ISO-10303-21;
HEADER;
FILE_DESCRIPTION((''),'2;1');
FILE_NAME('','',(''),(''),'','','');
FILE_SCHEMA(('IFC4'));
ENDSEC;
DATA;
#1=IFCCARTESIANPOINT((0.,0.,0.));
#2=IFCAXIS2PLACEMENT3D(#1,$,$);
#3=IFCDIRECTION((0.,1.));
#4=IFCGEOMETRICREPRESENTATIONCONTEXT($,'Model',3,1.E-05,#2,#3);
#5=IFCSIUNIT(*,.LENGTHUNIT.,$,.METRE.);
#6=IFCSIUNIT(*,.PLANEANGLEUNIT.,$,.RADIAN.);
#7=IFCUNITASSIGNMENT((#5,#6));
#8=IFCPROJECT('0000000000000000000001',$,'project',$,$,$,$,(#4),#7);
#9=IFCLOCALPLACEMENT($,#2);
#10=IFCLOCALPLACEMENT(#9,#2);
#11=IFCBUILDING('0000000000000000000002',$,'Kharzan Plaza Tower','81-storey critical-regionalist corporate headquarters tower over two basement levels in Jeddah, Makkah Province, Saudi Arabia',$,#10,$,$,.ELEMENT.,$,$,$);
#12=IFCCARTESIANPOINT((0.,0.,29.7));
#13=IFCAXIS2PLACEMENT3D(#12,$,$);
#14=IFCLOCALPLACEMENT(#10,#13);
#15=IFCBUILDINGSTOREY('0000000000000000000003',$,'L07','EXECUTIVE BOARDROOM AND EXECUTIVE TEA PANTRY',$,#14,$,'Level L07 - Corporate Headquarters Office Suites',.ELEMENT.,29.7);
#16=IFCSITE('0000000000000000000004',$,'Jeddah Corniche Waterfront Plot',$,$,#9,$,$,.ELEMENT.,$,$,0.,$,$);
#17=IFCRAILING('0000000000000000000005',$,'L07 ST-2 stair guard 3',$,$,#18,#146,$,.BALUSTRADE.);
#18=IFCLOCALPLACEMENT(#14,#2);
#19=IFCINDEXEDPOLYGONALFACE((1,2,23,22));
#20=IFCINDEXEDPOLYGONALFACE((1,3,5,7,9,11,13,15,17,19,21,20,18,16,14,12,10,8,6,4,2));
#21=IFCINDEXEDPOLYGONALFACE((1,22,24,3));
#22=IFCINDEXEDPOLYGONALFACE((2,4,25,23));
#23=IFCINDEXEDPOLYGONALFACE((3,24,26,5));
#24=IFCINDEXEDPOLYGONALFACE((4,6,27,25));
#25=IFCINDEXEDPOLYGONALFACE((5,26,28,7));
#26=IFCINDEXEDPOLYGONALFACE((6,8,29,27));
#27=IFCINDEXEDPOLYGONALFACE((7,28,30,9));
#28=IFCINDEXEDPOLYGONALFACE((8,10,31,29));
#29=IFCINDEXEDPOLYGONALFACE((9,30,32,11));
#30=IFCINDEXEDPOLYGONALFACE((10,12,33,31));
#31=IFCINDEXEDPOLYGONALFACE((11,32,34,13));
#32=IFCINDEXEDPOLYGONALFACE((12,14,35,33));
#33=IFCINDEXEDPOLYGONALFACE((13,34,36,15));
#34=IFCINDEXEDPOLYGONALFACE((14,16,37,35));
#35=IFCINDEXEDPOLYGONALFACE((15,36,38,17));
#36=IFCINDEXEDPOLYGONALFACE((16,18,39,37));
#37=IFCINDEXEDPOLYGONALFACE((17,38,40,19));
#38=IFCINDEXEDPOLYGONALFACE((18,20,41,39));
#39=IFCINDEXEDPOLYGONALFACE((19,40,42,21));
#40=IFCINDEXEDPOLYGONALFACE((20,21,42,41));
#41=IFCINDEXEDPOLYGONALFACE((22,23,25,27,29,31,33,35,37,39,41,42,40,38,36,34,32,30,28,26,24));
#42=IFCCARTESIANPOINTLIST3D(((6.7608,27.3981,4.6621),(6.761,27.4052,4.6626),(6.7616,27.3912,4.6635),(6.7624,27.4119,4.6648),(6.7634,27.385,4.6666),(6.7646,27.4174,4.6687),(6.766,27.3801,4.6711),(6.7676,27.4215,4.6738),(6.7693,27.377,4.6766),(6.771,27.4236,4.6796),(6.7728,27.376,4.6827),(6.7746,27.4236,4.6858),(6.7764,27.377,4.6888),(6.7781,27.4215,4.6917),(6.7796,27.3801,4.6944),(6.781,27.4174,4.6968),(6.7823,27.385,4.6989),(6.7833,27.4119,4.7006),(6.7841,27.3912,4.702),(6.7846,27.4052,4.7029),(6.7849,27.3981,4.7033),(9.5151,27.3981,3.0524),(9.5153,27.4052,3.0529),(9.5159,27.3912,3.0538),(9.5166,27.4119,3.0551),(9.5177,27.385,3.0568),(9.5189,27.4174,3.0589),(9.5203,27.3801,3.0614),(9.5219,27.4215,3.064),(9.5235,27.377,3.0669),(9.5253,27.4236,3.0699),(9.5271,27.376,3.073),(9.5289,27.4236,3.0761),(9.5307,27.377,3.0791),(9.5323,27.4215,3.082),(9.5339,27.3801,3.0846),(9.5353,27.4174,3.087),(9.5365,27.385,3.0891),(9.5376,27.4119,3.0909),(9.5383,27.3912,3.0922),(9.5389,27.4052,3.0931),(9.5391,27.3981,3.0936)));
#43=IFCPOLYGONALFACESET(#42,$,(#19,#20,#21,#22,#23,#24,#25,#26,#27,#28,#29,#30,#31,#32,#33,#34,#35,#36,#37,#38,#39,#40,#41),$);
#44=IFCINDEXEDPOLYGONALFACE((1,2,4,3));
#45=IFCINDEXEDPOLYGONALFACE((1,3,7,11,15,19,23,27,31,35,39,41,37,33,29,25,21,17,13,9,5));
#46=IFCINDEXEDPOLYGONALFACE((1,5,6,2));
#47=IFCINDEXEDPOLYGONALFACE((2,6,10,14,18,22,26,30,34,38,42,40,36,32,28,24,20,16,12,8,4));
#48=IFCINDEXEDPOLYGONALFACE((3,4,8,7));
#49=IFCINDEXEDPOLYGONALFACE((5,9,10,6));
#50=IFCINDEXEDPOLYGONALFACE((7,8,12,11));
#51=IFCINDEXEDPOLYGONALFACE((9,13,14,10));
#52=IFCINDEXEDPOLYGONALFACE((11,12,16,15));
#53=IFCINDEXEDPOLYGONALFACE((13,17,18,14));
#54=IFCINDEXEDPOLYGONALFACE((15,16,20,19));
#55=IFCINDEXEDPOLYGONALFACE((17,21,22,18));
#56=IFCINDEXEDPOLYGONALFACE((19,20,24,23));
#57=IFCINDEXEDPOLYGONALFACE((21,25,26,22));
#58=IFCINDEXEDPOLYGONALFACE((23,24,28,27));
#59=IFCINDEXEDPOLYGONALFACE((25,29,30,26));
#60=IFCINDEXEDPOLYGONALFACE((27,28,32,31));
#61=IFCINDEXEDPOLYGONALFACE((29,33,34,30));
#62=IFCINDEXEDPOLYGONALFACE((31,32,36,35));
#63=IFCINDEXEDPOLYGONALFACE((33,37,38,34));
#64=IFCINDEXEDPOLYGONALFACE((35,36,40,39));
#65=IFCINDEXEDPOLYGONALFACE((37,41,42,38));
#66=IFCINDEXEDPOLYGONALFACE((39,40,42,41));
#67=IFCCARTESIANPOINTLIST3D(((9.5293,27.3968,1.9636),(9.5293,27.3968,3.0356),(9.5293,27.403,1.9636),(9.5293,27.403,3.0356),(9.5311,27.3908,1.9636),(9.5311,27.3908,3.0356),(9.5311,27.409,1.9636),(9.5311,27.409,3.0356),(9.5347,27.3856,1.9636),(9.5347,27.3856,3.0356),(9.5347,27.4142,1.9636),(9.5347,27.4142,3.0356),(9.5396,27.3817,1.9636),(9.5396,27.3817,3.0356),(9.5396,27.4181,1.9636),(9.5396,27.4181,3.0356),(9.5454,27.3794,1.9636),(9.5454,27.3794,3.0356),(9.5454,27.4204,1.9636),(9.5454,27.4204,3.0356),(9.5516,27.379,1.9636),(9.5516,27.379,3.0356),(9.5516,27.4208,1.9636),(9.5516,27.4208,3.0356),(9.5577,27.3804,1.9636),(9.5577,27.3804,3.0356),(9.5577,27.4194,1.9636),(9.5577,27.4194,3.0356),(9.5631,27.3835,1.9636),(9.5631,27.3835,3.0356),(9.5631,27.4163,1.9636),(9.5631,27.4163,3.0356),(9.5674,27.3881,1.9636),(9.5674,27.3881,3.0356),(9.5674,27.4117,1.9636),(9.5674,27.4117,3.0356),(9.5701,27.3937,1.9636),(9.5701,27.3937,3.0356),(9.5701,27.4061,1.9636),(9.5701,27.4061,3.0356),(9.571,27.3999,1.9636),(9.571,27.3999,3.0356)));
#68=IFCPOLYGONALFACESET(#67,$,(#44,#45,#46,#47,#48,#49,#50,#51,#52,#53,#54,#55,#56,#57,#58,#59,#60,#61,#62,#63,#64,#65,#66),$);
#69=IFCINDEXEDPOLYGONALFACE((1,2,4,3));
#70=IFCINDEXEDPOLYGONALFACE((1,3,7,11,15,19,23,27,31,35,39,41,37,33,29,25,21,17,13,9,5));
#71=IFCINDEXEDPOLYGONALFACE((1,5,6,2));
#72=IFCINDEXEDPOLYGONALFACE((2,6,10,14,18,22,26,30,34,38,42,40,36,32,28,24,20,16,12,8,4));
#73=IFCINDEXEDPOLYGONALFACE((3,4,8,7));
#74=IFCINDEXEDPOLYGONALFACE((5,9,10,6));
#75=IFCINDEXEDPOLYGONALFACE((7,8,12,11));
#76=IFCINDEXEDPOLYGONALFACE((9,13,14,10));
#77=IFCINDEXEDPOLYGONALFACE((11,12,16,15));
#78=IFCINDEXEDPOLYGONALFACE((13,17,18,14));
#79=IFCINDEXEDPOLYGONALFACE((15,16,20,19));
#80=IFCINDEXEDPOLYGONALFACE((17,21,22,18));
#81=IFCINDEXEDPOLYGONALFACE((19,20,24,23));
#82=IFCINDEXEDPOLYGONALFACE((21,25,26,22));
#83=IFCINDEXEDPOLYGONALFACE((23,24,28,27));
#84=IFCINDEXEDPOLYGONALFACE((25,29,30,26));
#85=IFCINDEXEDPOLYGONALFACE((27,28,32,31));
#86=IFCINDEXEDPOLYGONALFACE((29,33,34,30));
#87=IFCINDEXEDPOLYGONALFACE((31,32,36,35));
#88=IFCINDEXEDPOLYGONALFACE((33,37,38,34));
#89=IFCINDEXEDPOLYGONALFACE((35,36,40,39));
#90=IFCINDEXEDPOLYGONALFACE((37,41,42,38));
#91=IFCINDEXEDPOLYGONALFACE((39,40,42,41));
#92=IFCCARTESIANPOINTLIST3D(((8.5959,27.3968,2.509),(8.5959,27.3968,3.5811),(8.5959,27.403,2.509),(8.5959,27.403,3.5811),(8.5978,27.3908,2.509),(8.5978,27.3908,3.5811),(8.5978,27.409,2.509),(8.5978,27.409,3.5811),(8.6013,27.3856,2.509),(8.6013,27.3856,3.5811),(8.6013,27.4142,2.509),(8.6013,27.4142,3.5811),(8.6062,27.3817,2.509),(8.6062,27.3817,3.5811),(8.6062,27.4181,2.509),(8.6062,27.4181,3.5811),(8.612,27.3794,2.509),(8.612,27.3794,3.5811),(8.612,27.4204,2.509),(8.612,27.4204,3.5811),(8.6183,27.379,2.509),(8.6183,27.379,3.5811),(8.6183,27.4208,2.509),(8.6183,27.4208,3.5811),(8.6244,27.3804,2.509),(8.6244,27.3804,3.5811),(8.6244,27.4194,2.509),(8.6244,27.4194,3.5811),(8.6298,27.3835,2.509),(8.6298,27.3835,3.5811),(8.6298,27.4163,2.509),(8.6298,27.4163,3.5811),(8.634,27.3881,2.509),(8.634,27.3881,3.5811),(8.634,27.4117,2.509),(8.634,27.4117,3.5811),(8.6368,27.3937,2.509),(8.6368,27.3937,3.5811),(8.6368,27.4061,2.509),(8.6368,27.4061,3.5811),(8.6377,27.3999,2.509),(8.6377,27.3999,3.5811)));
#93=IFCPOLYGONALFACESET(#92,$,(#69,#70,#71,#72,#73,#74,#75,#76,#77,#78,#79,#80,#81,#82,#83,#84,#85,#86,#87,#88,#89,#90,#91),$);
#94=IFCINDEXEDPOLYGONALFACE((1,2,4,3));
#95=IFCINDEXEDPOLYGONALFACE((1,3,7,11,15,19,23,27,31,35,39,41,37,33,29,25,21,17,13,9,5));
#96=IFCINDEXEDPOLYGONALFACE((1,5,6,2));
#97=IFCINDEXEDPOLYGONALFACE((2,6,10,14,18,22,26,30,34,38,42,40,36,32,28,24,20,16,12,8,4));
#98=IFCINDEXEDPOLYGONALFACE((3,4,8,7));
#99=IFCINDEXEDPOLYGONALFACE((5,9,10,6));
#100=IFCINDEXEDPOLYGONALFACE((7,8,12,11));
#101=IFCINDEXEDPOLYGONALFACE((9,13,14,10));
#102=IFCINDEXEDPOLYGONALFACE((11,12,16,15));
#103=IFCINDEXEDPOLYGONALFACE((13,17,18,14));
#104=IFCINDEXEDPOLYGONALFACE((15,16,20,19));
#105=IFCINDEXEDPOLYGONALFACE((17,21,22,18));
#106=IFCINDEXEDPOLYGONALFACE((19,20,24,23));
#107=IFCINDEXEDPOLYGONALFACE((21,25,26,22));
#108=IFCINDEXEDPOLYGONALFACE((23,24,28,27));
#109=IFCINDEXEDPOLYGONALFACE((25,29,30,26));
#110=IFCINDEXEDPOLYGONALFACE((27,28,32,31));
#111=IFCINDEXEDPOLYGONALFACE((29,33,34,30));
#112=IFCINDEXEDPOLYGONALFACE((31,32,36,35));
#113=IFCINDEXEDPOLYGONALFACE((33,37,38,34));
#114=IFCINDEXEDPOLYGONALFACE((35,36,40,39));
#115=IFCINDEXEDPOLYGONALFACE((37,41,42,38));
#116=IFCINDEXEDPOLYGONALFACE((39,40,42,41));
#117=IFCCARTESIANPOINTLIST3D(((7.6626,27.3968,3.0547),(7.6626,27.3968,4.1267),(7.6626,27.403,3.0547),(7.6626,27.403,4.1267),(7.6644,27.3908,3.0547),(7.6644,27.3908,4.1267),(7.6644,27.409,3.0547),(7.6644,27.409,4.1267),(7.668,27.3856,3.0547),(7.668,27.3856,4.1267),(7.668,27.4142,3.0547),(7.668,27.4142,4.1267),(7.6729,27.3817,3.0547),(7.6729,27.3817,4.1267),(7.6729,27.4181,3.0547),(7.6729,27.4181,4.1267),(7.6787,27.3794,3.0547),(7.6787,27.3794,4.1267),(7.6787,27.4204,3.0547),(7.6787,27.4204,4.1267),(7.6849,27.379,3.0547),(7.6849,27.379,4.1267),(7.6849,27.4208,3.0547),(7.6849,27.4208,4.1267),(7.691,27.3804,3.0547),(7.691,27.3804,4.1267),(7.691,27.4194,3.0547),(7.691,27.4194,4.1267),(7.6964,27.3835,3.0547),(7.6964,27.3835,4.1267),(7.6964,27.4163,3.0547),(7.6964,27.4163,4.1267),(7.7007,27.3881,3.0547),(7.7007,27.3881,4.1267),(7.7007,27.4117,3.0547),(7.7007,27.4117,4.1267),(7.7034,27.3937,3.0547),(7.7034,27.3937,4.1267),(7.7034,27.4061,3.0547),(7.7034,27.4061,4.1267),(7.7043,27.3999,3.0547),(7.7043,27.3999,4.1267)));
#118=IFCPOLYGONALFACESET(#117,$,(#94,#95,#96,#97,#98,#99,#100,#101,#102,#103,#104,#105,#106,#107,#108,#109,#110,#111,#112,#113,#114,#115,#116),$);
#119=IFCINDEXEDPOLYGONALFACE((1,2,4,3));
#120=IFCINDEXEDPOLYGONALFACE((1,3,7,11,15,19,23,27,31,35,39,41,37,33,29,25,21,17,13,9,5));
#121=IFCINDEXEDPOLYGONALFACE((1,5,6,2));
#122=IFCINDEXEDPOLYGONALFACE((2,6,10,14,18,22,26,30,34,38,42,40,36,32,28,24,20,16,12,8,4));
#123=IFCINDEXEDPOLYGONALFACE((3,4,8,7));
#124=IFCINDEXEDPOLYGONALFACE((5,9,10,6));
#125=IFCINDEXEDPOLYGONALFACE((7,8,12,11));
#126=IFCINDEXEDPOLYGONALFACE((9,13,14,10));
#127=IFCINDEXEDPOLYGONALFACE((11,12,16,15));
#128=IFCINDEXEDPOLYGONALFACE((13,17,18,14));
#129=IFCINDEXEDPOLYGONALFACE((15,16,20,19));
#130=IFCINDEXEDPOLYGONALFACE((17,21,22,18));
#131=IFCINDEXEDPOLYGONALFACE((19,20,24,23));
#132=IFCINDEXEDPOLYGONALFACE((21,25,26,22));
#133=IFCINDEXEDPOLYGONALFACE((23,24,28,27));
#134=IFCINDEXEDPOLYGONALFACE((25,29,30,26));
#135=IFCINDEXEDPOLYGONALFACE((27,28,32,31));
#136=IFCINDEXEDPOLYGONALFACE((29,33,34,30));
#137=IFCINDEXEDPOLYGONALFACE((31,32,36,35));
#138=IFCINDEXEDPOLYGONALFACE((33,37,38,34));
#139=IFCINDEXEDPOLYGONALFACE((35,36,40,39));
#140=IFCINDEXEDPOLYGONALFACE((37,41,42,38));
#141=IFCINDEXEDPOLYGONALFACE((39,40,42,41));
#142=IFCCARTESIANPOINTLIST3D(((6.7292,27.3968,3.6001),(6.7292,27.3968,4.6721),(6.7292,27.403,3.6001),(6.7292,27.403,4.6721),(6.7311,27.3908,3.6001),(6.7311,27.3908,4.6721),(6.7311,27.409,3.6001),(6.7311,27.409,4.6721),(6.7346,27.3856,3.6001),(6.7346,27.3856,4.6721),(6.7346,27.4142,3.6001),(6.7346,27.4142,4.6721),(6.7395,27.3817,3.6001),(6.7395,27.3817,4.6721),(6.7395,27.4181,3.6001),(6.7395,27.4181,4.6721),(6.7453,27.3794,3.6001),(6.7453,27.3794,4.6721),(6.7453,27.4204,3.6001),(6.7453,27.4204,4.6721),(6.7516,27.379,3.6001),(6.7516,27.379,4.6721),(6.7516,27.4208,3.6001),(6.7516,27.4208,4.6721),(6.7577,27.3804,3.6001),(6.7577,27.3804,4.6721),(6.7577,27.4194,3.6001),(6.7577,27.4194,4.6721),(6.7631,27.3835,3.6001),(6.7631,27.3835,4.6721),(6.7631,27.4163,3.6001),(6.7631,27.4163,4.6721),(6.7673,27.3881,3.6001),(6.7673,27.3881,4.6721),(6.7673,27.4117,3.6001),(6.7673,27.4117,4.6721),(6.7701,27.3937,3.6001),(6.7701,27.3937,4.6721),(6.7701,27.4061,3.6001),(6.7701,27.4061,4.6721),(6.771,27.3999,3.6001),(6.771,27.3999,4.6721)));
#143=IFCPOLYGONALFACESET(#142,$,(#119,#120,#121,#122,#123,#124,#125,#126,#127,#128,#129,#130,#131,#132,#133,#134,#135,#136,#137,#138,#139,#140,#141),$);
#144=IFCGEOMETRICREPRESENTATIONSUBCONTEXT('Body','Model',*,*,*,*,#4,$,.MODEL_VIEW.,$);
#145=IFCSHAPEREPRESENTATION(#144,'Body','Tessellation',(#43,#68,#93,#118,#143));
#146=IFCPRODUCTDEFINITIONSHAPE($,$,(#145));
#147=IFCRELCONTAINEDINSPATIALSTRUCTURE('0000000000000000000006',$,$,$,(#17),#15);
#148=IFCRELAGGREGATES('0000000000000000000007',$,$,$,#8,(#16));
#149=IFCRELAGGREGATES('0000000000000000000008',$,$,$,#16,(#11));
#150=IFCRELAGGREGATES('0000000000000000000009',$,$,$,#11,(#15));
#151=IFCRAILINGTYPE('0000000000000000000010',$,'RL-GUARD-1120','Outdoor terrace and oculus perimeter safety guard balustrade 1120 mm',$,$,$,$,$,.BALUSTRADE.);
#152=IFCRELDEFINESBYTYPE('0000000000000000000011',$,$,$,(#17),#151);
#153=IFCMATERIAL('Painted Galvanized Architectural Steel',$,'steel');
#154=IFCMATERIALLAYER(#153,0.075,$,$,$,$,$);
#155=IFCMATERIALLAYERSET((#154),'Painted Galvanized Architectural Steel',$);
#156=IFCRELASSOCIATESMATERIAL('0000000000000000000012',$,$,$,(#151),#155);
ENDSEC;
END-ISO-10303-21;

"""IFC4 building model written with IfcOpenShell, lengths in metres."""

from ifc_helpers import new_model, si_unit, direction, frame, origin, origin_2d, place, context, subcontext, project, spatial, circle, extrude, source, transform, mapped, material, layer, layer_set, type_object, element, save


model = new_model("IFC4")

# Units and contexts
model_context = context("Model", 3, precision=1e-05, world=origin(), true_north=direction((0.0, 1.0)))
body_context = subcontext(model_context, "Body", "Model", "MODEL_VIEW")
ifc_project = project(units=[si_unit("LENGTHUNIT", "METRE"), si_unit("PLANEANGLEUNIT", "RADIAN")], contexts=[model_context])

# Site, building, storey
site_placement = place(None, origin())
site = spatial("IfcSite", under=ifc_project, at=site_placement, Name="Jeddah Corniche Waterfront Plot", CompositionType="ELEMENT", RefElevation=0.0)
building_placement = place(site_placement, origin())
building = spatial("IfcBuilding", under=site, at=building_placement, Name="Kharzan Plaza Tower", Description="81-storey critical-regionalist corporate headquarters tower over two basement levels in Jeddah, Makkah Province, Saudi Arabia", CompositionType="ELEMENT")
storey_placement = place(building_placement, frame((0.0, 0.0, 29.7)))
storey = spatial("IfcBuildingStorey", under=building, at=storey_placement, Name="L07", Description="EXECUTIVE BOARDROOM AND EXECUTIVE TEA PANTRY", LongName="Level L07 - Corporate Headquarters Office Suites", CompositionType="ELEMENT", Elevation=29.7)

# Railing
ifc_material_1 = material(Name="Painted Galvanized Architectural Steel", Category="steel")
ifc_layer_1 = layer(ifc_material_1, 0.075)
ifc_layer_set_1 = layer_set([ifc_layer_1], Name="Painted Galvanized Architectural Steel")
railing_type_1 = type_object("IfcRailingType", Name="RL-GUARD-1120", Description="Outdoor terrace and oculus perimeter safety guard balustrade 1120 mm", PredefinedType="BALUSTRADE", material=ifc_layer_set_1)
shared_shape_1 = source(origin(), body_context, "Body", "SweptSolid", [
    extrude(circle(Radius=0.0239, at=origin_2d()), frame((-0.0229, 0.0, 1.1094), z_axis=(-0.863361, 0.0, 0.504587), x_axis=(0.0, -1.0, 0.0)), (0.0, 0.0, 1.0), 3.1902),
    extrude(circle(Radius=0.021, at=origin_2d()), origin(), (0.0, 0.0, 1.0), 1.072),
    extrude(circle(Radius=0.021, at=origin_2d()), frame((-0.9333, 0.0, 0.5454)), (0.0, 0.0, 1.0), 1.072),
    extrude(circle(Radius=0.021, at=origin_2d()), frame((-1.8667, 0.0, 1.0911)), (0.0, 0.0, 1.0), 1.072),
    extrude(circle(Radius=0.021, at=origin_2d()), frame((-2.8, 0.0, 1.6365)), (0.0, 0.0, 1.0), 1.072),
])
railing_1_placement = place(storey_placement, frame((9.55, 27.3999, 1.9636)))
element("IfcRailing", 1, at=railing_1_placement, inside=storey, type_object=railing_type_1, Name="L07 ST-2 stair guard 3", PredefinedType="BALUSTRADE", context=body_context, shape_type="MappedRepresentation", body=[
    mapped(shared_shape_1, transform((0.0, 0.0, 0.0), x_axis=(1.0, 0.0, 0.0), y_axis=(0.0, 1.0, 0.0), z_axis=(0.0, 0.0, 1.0))),
])

save(model, "model.ifc")
